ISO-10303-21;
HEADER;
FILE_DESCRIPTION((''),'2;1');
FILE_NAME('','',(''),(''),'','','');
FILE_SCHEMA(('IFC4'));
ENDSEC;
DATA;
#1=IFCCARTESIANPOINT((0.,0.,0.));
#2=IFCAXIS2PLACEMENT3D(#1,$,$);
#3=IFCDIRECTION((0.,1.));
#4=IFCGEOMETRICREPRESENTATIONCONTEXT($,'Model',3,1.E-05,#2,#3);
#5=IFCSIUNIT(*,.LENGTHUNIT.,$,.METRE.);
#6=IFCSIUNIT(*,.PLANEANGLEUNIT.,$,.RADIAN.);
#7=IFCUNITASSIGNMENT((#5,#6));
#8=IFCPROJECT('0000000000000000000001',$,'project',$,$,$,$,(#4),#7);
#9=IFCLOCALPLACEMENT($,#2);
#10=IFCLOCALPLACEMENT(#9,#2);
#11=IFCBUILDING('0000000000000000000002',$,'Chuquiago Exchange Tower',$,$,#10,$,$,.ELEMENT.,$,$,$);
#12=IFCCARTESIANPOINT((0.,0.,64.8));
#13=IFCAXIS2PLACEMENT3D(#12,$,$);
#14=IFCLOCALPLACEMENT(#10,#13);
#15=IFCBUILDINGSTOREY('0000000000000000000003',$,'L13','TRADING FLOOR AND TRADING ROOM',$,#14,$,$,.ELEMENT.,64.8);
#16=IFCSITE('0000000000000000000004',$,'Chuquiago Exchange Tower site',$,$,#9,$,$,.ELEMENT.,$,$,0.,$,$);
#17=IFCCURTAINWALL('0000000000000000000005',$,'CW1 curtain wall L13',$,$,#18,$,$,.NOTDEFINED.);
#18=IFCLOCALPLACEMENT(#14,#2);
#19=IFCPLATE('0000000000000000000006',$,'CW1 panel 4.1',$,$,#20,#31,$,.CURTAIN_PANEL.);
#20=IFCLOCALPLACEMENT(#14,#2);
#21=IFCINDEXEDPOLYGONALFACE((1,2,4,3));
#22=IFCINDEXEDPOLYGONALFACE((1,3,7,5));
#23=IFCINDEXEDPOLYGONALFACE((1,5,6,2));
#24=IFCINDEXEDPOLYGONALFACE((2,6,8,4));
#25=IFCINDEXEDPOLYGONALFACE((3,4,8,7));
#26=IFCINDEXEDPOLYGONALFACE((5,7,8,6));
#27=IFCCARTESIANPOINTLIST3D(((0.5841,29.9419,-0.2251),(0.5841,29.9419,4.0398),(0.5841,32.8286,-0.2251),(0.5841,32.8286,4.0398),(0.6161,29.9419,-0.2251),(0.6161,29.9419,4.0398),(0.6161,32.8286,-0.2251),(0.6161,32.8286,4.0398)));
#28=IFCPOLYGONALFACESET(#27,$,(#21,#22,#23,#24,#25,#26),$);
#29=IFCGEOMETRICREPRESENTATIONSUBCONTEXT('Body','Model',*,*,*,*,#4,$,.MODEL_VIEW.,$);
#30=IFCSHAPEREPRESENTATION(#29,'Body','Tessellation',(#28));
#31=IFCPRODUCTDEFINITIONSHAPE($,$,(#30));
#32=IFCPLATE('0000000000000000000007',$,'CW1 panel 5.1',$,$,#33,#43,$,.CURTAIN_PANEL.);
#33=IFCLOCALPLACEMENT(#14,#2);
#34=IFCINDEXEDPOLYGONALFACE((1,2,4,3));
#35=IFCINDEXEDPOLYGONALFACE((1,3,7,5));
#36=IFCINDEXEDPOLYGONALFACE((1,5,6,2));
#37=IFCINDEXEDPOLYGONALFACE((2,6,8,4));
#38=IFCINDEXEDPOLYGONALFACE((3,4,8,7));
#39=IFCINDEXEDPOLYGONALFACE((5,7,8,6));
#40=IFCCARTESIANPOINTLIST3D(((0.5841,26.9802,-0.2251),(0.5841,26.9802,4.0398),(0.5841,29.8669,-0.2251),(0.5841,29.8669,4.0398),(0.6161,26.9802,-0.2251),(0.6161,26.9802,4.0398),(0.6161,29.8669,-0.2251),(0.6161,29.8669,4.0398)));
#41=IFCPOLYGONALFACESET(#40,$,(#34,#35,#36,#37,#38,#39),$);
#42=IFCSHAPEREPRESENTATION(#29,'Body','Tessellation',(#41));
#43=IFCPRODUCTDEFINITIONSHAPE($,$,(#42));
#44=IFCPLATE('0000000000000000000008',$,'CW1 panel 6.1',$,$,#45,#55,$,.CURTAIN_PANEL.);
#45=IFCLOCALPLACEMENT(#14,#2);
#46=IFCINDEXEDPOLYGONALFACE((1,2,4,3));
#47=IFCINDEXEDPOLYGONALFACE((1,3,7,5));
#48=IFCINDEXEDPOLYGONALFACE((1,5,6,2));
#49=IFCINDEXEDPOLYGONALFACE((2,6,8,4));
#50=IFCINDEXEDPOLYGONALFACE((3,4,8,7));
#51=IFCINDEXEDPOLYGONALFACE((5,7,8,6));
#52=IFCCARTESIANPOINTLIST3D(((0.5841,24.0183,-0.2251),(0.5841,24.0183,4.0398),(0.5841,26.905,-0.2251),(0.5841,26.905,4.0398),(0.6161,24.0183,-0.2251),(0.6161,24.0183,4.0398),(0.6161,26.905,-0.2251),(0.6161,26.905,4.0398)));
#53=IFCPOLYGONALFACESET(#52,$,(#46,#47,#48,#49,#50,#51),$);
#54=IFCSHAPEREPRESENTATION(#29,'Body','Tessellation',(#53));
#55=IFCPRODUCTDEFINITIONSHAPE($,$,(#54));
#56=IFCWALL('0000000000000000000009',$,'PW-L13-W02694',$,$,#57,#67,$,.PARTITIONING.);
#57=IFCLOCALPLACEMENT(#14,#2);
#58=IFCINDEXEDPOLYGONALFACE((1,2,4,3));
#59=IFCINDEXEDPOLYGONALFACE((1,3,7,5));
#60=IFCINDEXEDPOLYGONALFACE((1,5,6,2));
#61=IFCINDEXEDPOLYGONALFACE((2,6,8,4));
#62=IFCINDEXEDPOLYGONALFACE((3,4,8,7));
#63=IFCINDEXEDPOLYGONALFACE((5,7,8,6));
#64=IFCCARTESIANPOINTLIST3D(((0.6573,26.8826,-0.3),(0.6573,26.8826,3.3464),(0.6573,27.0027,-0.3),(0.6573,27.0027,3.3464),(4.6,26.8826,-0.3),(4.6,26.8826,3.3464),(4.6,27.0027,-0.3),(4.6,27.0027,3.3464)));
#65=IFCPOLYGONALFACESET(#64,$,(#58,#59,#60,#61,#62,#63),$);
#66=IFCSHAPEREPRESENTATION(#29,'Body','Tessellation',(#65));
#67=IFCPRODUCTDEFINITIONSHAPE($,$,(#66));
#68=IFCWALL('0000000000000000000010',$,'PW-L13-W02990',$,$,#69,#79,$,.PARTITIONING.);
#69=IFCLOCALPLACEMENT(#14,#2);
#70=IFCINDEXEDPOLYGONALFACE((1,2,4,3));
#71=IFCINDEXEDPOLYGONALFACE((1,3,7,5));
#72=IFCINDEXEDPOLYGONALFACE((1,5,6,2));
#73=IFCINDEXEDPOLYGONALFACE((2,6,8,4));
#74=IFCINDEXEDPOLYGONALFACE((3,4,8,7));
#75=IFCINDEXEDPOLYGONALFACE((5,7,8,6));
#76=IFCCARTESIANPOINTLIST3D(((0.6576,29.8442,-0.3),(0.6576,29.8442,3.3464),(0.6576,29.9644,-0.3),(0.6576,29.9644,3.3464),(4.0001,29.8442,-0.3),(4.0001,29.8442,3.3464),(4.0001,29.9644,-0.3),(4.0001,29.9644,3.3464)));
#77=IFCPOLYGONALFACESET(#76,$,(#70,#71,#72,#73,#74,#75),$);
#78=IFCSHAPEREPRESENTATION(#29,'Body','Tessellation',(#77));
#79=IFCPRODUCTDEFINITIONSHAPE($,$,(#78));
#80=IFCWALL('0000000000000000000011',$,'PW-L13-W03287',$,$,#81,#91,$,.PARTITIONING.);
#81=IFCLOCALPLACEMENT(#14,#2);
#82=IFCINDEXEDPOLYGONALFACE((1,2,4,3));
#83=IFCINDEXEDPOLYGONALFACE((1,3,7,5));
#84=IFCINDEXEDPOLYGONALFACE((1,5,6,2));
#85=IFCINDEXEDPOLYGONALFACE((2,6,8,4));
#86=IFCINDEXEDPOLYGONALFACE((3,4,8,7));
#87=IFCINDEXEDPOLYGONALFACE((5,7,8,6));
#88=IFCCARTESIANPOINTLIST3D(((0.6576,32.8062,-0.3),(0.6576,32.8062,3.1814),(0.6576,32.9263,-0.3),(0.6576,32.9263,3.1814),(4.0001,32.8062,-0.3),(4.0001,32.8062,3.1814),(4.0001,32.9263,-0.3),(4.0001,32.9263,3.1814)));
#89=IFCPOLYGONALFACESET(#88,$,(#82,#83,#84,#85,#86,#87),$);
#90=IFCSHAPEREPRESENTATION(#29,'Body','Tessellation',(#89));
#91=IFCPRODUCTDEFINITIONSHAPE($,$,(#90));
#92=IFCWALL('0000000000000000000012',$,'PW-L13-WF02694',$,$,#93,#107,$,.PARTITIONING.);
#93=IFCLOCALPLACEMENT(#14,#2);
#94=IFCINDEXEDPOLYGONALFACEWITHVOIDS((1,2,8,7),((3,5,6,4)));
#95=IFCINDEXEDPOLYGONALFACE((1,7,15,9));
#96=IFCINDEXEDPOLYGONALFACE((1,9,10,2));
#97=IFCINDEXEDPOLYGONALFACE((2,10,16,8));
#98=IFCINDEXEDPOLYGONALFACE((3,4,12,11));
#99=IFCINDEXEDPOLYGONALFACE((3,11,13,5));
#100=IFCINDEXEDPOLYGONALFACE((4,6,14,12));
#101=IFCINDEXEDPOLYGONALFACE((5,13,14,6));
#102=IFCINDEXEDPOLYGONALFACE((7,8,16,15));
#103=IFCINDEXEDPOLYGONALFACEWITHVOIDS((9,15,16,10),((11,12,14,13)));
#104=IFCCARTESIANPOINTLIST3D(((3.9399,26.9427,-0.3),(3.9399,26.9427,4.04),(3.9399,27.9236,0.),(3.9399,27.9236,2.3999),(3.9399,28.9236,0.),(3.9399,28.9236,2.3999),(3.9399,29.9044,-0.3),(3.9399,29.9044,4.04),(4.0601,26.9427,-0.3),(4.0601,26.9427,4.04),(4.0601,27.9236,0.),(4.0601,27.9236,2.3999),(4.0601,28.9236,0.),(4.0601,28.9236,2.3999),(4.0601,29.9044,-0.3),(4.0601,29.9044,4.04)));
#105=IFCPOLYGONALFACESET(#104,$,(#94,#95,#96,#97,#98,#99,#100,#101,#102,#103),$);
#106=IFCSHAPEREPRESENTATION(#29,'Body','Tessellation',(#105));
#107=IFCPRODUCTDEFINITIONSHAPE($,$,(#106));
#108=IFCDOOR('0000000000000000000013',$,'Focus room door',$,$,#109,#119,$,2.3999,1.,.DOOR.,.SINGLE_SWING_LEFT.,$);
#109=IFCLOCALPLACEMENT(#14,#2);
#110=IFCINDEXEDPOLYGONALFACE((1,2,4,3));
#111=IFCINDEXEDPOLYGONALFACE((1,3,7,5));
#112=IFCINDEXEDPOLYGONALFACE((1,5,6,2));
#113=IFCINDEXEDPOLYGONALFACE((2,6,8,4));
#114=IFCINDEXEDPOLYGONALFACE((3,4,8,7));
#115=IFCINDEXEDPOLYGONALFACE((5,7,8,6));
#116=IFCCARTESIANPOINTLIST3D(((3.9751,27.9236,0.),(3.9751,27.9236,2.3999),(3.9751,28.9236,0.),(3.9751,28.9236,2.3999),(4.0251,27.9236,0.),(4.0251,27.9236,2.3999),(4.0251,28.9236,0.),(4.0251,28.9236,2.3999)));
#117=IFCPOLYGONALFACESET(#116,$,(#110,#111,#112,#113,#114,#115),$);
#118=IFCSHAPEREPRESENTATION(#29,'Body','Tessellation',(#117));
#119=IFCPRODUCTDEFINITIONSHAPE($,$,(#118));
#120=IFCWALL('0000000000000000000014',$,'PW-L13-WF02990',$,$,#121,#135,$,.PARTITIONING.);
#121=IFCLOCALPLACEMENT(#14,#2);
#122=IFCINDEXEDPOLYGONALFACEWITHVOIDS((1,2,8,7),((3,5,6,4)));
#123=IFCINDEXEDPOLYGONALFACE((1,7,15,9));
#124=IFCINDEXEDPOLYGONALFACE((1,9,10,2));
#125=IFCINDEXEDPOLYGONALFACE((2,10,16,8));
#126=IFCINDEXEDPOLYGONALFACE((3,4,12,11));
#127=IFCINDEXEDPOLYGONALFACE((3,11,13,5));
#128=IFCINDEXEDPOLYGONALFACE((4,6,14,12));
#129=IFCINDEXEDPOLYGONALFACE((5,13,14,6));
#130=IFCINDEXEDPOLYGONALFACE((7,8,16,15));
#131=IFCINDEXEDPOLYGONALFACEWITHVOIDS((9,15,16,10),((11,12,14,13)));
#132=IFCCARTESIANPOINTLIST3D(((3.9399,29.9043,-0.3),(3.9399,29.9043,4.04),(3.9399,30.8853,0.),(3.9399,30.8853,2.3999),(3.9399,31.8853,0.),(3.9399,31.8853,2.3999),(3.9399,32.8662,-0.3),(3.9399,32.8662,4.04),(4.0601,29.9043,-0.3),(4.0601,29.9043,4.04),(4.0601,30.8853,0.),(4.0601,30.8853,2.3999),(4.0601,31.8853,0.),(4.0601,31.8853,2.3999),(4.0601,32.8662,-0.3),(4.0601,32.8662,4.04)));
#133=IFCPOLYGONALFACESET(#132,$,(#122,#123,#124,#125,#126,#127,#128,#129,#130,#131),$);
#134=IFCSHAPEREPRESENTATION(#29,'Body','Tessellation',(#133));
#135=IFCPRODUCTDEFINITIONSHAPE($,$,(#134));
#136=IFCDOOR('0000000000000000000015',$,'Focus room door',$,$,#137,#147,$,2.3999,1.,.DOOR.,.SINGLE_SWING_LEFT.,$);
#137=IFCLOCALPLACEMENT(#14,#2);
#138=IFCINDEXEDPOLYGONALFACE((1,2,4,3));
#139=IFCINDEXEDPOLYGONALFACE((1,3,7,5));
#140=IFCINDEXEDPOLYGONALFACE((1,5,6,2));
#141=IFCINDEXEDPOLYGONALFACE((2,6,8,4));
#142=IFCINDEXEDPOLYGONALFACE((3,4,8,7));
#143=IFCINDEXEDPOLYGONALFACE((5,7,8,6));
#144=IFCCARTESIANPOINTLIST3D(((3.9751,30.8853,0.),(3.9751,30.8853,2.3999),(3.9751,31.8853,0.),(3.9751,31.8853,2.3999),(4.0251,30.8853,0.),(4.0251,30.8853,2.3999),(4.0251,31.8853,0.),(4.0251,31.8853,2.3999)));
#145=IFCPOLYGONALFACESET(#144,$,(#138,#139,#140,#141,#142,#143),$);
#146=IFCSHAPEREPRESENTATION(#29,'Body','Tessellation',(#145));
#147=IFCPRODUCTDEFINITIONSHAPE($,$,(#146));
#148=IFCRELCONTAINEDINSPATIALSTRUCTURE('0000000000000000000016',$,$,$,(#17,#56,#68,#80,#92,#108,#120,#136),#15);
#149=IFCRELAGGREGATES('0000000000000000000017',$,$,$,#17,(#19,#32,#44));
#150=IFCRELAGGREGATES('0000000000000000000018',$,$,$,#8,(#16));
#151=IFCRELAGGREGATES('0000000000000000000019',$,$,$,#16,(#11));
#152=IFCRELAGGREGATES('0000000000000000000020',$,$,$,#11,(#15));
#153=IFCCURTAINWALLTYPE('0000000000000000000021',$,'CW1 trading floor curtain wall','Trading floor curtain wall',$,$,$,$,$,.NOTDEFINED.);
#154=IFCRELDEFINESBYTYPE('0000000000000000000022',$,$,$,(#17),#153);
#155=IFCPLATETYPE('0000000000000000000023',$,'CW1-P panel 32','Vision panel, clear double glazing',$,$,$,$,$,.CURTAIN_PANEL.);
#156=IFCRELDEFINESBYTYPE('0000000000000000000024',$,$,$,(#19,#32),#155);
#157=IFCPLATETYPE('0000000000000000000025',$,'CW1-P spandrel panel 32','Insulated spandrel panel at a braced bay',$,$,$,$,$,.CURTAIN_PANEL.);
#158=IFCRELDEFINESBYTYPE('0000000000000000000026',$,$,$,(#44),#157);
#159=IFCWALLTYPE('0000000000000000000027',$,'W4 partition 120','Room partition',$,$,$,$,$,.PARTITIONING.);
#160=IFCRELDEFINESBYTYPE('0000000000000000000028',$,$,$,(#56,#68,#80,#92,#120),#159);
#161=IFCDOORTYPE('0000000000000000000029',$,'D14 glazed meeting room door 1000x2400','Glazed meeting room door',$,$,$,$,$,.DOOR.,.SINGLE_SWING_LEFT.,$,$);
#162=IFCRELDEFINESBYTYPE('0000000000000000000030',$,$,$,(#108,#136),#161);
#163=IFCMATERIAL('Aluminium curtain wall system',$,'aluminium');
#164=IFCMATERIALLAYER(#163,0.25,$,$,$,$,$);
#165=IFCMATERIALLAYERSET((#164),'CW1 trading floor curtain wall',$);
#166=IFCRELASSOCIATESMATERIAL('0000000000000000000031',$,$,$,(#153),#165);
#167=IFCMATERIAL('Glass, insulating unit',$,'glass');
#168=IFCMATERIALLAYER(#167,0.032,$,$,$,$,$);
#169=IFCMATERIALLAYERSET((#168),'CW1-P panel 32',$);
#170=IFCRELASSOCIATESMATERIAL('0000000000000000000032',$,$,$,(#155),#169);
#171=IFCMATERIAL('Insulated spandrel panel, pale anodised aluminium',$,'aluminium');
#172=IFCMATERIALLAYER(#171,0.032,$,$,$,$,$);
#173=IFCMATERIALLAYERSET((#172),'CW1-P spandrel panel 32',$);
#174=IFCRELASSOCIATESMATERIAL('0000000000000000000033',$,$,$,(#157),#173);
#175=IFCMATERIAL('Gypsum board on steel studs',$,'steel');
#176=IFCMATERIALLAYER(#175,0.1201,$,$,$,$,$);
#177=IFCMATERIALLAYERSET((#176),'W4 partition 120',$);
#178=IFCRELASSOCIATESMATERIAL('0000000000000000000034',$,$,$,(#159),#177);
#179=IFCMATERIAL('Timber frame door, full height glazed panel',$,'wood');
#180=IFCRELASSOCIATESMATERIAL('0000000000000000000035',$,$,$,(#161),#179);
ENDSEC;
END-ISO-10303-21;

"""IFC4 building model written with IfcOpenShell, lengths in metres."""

from ifc_helpers import new_model, si_unit, direction, frame, frame_2d, origin, origin_2d, place, context, subcontext, project, spatial, rectangle, extrude, material, layer, layer_set, type_object, element, fill, aggregate, save


model = new_model("IFC4")

# Units and contexts
model_context = context("Model", 3, precision=1e-05, world=origin(), true_north=direction((0.0, 1.0)))
body_context = subcontext(model_context, "Body", "Model", "MODEL_VIEW")
ifc_project = project(units=[si_unit("LENGTHUNIT", "METRE"), si_unit("PLANEANGLEUNIT", "RADIAN")], contexts=[model_context])

# Site, building, storey
site_placement = place(None, origin())
site = spatial("IfcSite", under=ifc_project, at=site_placement, Name="Chuquiago Exchange Tower site", CompositionType="ELEMENT", RefElevation=0.0)
building_placement = place(site_placement, origin())
building = spatial("IfcBuilding", under=site, at=building_placement, Name="Chuquiago Exchange Tower", CompositionType="ELEMENT")
storey_placement = place(building_placement, frame((0.0, 0.0, 64.8)))
storey = spatial("IfcBuildingStorey", under=building, at=storey_placement, Name="L13", Description="TRADING FLOOR AND TRADING ROOM", CompositionType="ELEMENT", Elevation=64.8)

# Curtain wall
ifc_material_1 = material(Name="Aluminium curtain wall system", Category="aluminium")
ifc_layer_1 = layer(ifc_material_1, 0.25)
ifc_layer_set_1 = layer_set([ifc_layer_1], Name="CW1 trading floor curtain wall")
curtain_wall_type = type_object("IfcCurtainWallType", Name="CW1 trading floor curtain wall", Description="Trading floor curtain wall", PredefinedType="NOTDEFINED", material=ifc_layer_set_1)
curtain_wall_placement = place(storey_placement, origin())
curtain_wall = element("IfcCurtainWall", 1, at=curtain_wall_placement, inside=storey, type_object=curtain_wall_type, Name="CW1 curtain wall L13", PredefinedType="NOTDEFINED")

# Plates
ifc_material_2 = material(Name="Glass, insulating unit", Category="glass")
ifc_layer_2 = layer(ifc_material_2, 0.032)
ifc_layer_set_2 = layer_set([ifc_layer_2], Name="CW1-P panel 32")
plate_type_1 = type_object("IfcPlateType", Name="CW1-P panel 32", Description="Vision panel, clear double glazing", PredefinedType="CURTAIN_PANEL", material=ifc_layer_set_2)
plate_1_placement = place(storey_placement, frame((0.6001, 31.3853, -0.2251), z_axis=(0.0, 0.0, 1.0), x_axis=(0.0, -1.0, 0.0)))
plate_1 = element("IfcPlate", 2, at=plate_1_placement, type_object=plate_type_1, Name="CW1 panel 4.1", PredefinedType="CURTAIN_PANEL", context=body_context, shape_type="SweptSolid", body=[
    extrude(rectangle(XDim=2.8867, YDim=0.032, at=origin_2d()), origin(), (0.0, 0.0, 1.0), 4.2649),
])
plate_2_placement = place(storey_placement, frame((0.6001, 28.4236, -0.2251), z_axis=(0.0, 0.0, 1.0), x_axis=(0.0, -1.0, 0.0)))
plate_2 = element("IfcPlate", 3, at=plate_2_placement, type_object=plate_type_1, Name="CW1 panel 5.1", PredefinedType="CURTAIN_PANEL", context=body_context, shape_type="SweptSolid", body=[
    extrude(rectangle(XDim=2.8867, YDim=0.032, at=origin_2d()), origin(), (0.0, 0.0, 1.0), 4.2649),
])
ifc_material_3 = material(Name="Insulated spandrel panel, pale anodised aluminium", Category="aluminium")
ifc_layer_3 = layer(ifc_material_3, 0.032)
ifc_layer_set_3 = layer_set([ifc_layer_3], Name="CW1-P spandrel panel 32")
plate_type_2 = type_object("IfcPlateType", Name="CW1-P spandrel panel 32", Description="Insulated spandrel panel at a braced bay", PredefinedType="CURTAIN_PANEL", material=ifc_layer_set_3)
plate_3_placement = place(storey_placement, frame((0.6001, 25.4617, -0.2251), z_axis=(0.0, 0.0, 1.0), x_axis=(0.0, -1.0, 0.0)))
plate_3 = element("IfcPlate", 4, at=plate_3_placement, type_object=plate_type_2, Name="CW1 panel 6.1", PredefinedType="CURTAIN_PANEL", context=body_context, shape_type="SweptSolid", body=[
    extrude(rectangle(XDim=2.8867, YDim=0.032, at=origin_2d()), origin(), (0.0, 0.0, 1.0), 4.2649),
])
aggregate(curtain_wall, [plate_1, plate_2, plate_3])

# Walls
ifc_material_4 = material(Name="Gypsum board on steel studs", Category="steel")
ifc_layer_4 = layer(ifc_material_4, 0.1201)
ifc_layer_set_4 = layer_set([ifc_layer_4], Name="W4 partition 120")
wall_type = type_object("IfcWallType", Name="W4 partition 120", Description="Room partition", PredefinedType="PARTITIONING", material=ifc_layer_set_4)
wall_1_placement = place(storey_placement, frame((0.6575, 26.9426, -0.3), z_axis=(0.0, 0.0, 1.0), x_axis=(1.0, 0.0, 0.0)))
element("IfcWall", 5, at=wall_1_placement, inside=storey, type_object=wall_type, Name="PW-L13-W02694", PredefinedType="PARTITIONING", context=body_context, shape_type="SweptSolid", body=[
    extrude(rectangle(XDim=3.9426, YDim=0.1201, at=frame_2d((1.9712, 0.0))), origin(), (0.0, 0.0, 1.0), 3.6465),
])
wall_2_placement = place(storey_placement, frame((0.6575, 29.9043, -0.3), z_axis=(0.0, 0.0, 1.0), x_axis=(1.0, 0.0, 0.0)))
element("IfcWall", 6, at=wall_2_placement, inside=storey, type_object=wall_type, Name="PW-L13-W02990", PredefinedType="PARTITIONING", context=body_context, shape_type="SweptSolid", body=[
    extrude(rectangle(XDim=3.3425, YDim=0.1201, at=frame_2d((1.6714, 0.0))), origin(), (0.0, 0.0, 1.0), 3.6465),
])
wall_3_placement = place(storey_placement, frame((0.6575, 32.8662, -0.3), z_axis=(0.0, 0.0, 1.0), x_axis=(1.0, 0.0, 0.0)))
element("IfcWall", 7, at=wall_3_placement, inside=storey, type_object=wall_type, Name="PW-L13-W03287", PredefinedType="PARTITIONING", context=body_context, shape_type="SweptSolid", body=[
    extrude(rectangle(XDim=3.3425, YDim=0.1201, at=frame_2d((1.6714, 0.0))), origin(), (0.0, 0.0, 1.0), 3.4814),
])

# Walls, openings, doors
wall_4_placement = place(storey_placement, frame((4.0, 26.9426, -0.3), z_axis=(0.0, 0.0, 1.0), x_axis=(0.0, 1.0, 0.0)))
wall_4 = element("IfcWall", 8, at=wall_4_placement, inside=storey, type_object=wall_type, Name="PW-L13-WF02694", PredefinedType="PARTITIONING", context=body_context, shape_type="SweptSolid", body=[
    extrude(rectangle(XDim=2.9617, YDim=0.1201, at=frame_2d((1.481, 0.0))), origin(), (0.0, 0.0, 1.0), 4.3401),
])
opening_1_placement = place(wall_4_placement, frame((0.981, 0.0, 0.3)))
opening_1 = element("IfcOpeningElement", 9, at=opening_1_placement, cuts=wall_4, PredefinedType="OPENING", context=body_context, shape_type="SweptSolid", body=[
    extrude(rectangle(XDim=1.0, YDim=2.3999, at=frame_2d((0.5, 1.2))), frame((0.0, 0.0701, 0.0), z_axis=(0.0, -1.0, 0.0), x_axis=(1.0, 0.0, 0.0)), (0.0, 0.0, 1.0), 0.1401),
])
ifc_material_5 = material(Name="Timber frame door, full height glazed panel", Category="wood")
door_type = type_object("IfcDoorType", Name="D14 glazed meeting room door 1000x2400", Description="Glazed meeting room door", OperationType="SINGLE_SWING_LEFT", PredefinedType="DOOR", material=ifc_material_5)
door_1_placement = place(opening_1_placement, origin())
door_1 = element("IfcDoor", 10, at=door_1_placement, inside=storey, type_object=door_type, Name="Focus room door", OperationType="SINGLE_SWING_LEFT", OverallHeight=2.3999, OverallWidth=1.0, PredefinedType="DOOR", context=body_context, shape_type="SweptSolid", body=[
    extrude(rectangle(XDim=1.0, YDim=2.3999, at=frame_2d((0.5, 1.2))), frame((0.0, 0.0249, 0.0), z_axis=(0.0, -1.0, 0.0), x_axis=(1.0, 0.0, 0.0)), (0.0, 0.0, 1.0), 0.05),
])
fill(opening_1, door_1)
wall_5_placement = place(storey_placement, frame((4.0, 29.9043, -0.3), z_axis=(0.0, 0.0, 1.0), x_axis=(0.0, 1.0, 0.0)))
wall_5 = element("IfcWall", 11, at=wall_5_placement, inside=storey, type_object=wall_type, Name="PW-L13-WF02990", PredefinedType="PARTITIONING", context=body_context, shape_type="SweptSolid", body=[
    extrude(rectangle(XDim=2.9619, YDim=0.1201, at=frame_2d((1.481, 0.0))), origin(), (0.0, 0.0, 1.0), 4.3401),
])
opening_2_placement = place(wall_5_placement, frame((0.981, 0.0, 0.3)))
opening_2 = element("IfcOpeningElement", 12, at=opening_2_placement, cuts=wall_5, PredefinedType="OPENING", context=body_context, shape_type="SweptSolid", body=[
    extrude(rectangle(XDim=1.0, YDim=2.3999, at=frame_2d((0.5, 1.2))), frame((0.0, 0.0701, 0.0), z_axis=(0.0, -1.0, 0.0), x_axis=(1.0, 0.0, 0.0)), (0.0, 0.0, 1.0), 0.1401),
])
door_2_placement = place(opening_2_placement, origin())
door_2 = element("IfcDoor", 13, at=door_2_placement, inside=storey, type_object=door_type, Name="Focus room door", OperationType="SINGLE_SWING_LEFT", OverallHeight=2.3999, OverallWidth=1.0, PredefinedType="DOOR", context=body_context, shape_type="SweptSolid", body=[
    extrude(rectangle(XDim=1.0, YDim=2.3999, at=frame_2d((0.5, 1.2))), frame((0.0, 0.0249, 0.0), z_axis=(0.0, -1.0, 0.0), x_axis=(1.0, 0.0, 0.0)), (0.0, 0.0, 1.0), 0.05),
])
fill(opening_2, door_2)

save(model, "model.ifc")
